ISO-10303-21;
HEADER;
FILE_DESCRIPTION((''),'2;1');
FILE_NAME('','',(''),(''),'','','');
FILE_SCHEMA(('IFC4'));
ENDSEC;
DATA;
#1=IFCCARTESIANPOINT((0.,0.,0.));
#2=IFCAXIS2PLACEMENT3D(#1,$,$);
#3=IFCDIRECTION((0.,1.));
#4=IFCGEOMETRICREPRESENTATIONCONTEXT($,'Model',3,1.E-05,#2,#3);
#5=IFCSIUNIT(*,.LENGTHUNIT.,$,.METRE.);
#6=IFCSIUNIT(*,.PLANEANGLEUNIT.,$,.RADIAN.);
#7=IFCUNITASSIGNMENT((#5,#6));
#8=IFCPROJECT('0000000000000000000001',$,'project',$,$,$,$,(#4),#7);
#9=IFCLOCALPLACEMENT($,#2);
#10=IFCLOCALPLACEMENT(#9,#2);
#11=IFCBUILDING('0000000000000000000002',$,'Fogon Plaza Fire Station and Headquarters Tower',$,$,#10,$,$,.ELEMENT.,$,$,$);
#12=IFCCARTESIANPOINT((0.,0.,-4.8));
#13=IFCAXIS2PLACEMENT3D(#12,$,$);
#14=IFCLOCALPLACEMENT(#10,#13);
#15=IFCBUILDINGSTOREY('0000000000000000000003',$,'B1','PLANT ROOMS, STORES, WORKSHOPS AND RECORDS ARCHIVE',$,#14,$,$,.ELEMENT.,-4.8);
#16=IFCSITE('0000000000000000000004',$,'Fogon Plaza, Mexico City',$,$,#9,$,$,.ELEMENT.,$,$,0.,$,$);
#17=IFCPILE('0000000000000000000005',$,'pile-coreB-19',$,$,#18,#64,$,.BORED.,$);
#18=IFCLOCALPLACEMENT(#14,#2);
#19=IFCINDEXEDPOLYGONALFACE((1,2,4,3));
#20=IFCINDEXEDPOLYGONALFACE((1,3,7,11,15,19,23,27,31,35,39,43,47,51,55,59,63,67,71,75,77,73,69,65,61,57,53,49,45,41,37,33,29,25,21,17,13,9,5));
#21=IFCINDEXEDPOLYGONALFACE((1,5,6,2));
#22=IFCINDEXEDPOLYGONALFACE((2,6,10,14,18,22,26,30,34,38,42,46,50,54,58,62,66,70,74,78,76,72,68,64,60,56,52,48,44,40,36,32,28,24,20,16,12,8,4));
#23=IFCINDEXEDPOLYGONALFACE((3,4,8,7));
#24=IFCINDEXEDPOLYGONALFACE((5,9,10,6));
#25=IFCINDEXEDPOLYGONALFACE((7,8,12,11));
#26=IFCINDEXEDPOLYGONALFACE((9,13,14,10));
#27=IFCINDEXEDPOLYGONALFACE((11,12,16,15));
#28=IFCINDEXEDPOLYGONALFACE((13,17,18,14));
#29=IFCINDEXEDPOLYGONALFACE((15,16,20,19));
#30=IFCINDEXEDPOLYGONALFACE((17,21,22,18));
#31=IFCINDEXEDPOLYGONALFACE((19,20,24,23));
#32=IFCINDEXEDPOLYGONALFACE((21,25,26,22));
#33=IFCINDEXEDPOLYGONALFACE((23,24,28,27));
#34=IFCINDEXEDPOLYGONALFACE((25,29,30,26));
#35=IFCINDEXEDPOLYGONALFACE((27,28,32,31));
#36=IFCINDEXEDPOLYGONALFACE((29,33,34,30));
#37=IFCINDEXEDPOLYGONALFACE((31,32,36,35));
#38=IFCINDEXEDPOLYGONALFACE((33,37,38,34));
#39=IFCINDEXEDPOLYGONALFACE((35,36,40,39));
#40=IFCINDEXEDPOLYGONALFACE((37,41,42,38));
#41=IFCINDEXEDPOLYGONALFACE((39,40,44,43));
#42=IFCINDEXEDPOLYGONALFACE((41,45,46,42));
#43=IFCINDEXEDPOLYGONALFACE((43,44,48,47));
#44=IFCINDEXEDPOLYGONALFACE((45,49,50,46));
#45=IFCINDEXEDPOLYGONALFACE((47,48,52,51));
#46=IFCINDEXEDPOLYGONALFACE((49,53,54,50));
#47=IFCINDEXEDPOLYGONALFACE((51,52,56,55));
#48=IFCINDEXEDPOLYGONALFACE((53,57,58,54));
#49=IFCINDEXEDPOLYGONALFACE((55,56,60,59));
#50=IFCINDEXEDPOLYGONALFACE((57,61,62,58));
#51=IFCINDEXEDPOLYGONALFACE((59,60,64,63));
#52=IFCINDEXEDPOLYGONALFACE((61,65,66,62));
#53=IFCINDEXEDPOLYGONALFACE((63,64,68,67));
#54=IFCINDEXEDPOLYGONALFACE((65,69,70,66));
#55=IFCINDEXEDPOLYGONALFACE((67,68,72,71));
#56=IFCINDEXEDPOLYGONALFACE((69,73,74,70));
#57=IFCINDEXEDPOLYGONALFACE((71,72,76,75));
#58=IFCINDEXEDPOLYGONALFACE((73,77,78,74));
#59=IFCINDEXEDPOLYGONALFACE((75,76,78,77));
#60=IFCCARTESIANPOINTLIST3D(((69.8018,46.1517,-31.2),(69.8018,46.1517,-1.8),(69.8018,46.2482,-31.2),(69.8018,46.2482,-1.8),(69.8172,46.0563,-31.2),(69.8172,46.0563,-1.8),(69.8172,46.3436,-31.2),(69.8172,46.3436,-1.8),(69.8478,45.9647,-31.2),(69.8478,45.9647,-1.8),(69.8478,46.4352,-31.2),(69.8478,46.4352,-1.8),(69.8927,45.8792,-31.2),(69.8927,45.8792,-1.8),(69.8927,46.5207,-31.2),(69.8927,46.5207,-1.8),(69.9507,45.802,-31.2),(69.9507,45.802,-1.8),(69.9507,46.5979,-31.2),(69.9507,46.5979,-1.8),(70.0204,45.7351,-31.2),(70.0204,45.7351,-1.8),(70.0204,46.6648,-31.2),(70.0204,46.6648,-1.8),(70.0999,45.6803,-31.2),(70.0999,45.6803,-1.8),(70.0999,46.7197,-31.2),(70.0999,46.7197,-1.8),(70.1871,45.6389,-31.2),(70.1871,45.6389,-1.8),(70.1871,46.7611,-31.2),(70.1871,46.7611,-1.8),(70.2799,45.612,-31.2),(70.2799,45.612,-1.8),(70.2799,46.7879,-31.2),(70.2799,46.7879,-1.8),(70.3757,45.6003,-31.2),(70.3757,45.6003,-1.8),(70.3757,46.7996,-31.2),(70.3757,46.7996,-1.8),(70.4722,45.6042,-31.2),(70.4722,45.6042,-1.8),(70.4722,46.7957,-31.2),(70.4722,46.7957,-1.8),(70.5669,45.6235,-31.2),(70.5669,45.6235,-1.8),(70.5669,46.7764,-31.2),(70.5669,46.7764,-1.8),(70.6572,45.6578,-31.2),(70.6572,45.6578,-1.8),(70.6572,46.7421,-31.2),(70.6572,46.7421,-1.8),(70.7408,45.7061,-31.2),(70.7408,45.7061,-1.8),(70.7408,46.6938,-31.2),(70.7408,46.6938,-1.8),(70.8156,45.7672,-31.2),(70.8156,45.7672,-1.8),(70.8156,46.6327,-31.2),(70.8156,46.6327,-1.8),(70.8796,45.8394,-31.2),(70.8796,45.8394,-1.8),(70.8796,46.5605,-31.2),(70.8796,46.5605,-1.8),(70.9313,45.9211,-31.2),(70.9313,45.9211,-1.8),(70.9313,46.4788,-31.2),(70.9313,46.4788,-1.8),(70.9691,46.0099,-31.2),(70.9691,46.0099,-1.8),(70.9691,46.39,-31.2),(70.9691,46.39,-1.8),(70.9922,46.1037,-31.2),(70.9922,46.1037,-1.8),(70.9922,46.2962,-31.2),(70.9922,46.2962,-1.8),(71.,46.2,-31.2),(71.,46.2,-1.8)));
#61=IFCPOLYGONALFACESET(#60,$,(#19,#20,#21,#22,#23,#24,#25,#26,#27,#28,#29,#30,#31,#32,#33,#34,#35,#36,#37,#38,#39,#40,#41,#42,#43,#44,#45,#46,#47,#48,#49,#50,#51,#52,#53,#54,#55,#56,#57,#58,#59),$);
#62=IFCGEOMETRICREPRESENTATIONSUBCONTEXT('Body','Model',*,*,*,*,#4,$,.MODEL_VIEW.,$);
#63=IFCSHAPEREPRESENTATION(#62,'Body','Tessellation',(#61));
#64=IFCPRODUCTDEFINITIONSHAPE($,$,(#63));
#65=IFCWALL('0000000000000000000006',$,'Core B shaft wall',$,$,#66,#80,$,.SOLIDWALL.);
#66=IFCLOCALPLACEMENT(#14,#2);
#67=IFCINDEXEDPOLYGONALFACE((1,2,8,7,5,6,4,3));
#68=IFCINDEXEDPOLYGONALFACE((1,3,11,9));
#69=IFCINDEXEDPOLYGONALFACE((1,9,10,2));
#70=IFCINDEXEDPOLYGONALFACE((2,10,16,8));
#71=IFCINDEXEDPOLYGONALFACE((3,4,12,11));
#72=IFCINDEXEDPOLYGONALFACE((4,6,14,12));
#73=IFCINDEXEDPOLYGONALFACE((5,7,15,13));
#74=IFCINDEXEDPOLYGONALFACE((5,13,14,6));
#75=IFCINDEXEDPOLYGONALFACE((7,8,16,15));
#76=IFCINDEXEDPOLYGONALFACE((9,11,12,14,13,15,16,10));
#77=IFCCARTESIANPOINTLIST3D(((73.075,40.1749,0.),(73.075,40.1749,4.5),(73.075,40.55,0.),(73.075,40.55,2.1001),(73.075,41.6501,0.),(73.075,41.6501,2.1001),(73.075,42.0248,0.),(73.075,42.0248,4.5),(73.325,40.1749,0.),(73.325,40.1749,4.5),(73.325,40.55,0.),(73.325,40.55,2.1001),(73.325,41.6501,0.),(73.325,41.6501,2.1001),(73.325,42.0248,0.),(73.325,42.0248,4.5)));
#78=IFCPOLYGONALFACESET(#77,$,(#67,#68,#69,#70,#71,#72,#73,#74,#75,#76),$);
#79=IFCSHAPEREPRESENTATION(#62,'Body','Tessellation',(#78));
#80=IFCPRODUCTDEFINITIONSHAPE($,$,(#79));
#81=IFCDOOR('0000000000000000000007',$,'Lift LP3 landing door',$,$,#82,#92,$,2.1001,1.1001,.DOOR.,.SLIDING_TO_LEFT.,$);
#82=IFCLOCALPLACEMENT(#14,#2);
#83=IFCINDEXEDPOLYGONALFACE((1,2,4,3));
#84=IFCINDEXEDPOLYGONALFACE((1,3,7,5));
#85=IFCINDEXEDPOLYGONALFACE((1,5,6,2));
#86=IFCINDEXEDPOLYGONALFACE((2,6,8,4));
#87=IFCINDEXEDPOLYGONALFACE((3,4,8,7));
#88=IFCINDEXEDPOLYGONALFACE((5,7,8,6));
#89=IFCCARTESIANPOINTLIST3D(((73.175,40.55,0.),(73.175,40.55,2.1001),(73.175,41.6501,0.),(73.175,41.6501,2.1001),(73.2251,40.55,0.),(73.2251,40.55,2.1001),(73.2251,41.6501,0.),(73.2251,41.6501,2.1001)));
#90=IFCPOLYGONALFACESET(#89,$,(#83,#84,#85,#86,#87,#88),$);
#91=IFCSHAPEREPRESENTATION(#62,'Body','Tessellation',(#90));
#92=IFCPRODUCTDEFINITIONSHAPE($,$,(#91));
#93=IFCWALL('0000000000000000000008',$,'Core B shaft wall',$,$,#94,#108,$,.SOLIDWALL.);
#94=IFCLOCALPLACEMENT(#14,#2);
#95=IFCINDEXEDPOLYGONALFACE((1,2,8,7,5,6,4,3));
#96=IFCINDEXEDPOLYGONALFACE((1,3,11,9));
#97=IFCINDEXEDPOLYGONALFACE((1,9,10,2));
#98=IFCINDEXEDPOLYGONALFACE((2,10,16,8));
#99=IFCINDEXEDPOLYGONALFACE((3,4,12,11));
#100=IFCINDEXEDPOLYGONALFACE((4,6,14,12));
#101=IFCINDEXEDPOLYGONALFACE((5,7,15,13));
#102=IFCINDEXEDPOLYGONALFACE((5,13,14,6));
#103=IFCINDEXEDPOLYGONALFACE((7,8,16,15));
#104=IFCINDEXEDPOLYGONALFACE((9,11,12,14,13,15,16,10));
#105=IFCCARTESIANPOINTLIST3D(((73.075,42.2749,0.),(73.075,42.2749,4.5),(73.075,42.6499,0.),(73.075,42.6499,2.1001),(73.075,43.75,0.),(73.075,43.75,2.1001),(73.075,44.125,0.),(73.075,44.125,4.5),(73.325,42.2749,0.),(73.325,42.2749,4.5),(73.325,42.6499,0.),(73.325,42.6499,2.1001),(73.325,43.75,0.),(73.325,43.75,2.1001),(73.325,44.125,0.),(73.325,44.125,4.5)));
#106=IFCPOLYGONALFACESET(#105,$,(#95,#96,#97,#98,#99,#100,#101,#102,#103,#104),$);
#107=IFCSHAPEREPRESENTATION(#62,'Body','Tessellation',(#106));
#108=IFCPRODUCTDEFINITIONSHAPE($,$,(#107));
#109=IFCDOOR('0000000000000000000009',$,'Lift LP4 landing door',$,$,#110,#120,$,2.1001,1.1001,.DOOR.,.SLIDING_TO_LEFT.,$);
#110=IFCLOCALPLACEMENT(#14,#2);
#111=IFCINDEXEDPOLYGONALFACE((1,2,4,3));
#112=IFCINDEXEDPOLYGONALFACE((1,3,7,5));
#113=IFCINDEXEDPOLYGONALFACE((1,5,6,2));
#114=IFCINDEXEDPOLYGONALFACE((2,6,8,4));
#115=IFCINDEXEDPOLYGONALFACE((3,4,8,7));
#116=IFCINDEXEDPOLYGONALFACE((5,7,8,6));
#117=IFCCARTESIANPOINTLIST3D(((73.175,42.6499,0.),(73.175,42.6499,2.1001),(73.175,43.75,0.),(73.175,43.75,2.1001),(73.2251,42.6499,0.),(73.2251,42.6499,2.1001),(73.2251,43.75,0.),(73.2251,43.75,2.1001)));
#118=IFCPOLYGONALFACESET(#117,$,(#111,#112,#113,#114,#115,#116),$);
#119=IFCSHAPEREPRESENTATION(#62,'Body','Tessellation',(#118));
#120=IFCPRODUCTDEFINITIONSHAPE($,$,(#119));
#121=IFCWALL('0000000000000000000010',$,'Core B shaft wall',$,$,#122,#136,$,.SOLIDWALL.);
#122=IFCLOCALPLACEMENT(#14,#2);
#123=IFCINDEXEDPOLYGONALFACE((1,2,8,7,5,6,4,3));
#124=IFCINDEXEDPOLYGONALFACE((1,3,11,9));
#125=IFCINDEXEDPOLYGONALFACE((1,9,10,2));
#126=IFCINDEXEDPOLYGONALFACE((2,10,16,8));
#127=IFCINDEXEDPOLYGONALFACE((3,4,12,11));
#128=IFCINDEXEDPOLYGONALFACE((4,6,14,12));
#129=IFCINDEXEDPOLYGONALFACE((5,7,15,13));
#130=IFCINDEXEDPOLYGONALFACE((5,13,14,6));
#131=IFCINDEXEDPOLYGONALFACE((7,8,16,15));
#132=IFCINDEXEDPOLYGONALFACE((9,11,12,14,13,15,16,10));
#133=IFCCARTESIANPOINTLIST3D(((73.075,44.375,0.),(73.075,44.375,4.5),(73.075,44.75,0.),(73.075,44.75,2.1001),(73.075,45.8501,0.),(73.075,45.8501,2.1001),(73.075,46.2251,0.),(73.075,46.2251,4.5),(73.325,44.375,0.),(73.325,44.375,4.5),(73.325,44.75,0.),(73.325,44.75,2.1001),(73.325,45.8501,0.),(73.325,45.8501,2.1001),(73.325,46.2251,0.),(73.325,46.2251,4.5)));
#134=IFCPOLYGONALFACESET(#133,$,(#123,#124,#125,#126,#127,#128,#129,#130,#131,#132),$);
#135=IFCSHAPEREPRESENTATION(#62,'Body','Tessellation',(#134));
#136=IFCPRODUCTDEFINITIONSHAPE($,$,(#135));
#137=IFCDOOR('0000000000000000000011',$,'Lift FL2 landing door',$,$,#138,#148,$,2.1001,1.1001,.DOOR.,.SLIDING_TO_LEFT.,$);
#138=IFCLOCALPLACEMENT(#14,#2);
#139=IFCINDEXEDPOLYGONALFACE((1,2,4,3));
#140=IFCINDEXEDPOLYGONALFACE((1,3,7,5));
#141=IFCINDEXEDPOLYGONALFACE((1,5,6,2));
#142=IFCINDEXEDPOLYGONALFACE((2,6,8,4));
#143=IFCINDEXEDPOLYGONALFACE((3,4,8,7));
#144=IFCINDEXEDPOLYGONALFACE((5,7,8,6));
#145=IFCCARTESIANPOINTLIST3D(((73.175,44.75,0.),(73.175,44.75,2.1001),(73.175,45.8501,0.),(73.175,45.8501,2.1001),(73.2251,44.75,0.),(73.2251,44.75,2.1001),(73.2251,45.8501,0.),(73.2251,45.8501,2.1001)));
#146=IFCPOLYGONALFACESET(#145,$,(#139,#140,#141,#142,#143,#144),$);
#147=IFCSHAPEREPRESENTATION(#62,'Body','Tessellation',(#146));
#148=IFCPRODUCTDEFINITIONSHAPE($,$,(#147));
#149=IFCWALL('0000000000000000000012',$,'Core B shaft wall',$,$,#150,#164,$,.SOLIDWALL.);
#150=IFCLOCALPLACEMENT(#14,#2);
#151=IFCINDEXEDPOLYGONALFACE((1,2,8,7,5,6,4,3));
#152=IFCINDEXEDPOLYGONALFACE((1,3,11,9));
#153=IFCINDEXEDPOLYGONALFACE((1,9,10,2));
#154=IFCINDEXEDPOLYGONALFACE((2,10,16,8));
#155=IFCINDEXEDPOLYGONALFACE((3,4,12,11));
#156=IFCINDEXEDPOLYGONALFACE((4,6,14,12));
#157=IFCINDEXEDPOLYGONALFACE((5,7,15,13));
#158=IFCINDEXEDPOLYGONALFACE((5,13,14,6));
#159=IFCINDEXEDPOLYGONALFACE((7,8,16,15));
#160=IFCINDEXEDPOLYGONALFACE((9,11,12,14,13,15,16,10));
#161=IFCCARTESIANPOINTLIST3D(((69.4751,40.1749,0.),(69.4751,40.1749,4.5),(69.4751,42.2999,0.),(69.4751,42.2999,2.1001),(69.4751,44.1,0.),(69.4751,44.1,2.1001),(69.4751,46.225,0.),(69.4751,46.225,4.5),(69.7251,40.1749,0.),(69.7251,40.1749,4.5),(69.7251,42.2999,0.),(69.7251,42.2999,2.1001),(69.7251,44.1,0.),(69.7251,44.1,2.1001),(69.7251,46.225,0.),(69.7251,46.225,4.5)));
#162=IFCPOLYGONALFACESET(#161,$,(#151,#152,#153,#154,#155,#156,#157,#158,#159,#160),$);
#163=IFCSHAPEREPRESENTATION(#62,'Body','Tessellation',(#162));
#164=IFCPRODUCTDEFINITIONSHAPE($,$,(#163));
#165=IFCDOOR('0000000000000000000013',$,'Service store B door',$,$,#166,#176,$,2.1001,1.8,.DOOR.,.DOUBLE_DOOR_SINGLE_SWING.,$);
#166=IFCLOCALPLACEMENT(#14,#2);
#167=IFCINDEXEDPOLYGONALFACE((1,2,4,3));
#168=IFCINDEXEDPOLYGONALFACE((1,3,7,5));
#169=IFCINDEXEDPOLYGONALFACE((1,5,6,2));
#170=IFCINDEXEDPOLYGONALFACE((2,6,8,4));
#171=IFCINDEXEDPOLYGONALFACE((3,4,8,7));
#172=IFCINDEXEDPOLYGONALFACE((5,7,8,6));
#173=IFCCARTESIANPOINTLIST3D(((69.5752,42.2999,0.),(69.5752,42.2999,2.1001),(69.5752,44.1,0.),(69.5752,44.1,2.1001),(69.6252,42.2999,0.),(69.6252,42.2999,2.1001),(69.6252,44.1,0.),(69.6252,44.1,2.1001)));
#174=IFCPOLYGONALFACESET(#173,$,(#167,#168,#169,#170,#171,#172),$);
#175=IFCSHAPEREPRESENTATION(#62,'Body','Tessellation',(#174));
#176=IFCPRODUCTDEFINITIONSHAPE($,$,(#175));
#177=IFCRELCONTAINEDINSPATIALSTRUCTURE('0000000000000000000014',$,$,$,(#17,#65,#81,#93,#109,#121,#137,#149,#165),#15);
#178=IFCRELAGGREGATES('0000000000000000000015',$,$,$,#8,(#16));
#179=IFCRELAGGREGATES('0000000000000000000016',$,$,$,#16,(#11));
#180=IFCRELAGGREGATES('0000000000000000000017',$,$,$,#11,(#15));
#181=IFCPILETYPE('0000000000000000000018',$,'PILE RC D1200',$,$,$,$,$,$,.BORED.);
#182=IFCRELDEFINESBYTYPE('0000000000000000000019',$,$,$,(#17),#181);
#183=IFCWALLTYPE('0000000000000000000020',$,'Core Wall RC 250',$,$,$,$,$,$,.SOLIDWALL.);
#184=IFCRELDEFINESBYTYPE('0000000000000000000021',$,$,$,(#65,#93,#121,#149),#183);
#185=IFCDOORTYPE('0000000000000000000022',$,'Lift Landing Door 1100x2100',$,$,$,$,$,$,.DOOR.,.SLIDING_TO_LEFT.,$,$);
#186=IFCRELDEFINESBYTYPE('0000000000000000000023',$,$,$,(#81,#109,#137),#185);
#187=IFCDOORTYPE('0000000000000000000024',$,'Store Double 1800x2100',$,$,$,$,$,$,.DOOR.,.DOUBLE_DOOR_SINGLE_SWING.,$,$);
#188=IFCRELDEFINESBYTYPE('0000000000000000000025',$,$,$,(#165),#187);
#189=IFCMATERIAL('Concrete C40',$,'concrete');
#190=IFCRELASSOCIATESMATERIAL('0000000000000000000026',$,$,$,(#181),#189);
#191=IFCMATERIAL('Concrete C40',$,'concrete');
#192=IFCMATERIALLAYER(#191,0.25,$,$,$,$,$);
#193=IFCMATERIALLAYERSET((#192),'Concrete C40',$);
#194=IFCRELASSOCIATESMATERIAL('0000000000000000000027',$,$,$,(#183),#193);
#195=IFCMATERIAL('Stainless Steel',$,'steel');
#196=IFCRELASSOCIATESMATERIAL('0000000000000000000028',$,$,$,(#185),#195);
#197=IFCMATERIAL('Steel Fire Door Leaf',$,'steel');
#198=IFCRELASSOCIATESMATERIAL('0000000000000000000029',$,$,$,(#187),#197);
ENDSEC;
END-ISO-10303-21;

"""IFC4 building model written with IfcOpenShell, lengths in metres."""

from ifc_helpers import new_model, si_unit, direction, frame, frame_2d, origin, origin_2d, place, context, subcontext, project, spatial, rectangle, circle, extrude, material, layer, layer_set, material_profile, profile_set, type_object, element, fill, save


model = new_model("IFC4")

# Units and contexts
model_context = context("Model", 3, precision=1e-05, world=origin(), true_north=direction((0.0, 1.0)))
body_context = subcontext(model_context, "Body", "Model", "MODEL_VIEW")
ifc_project = project(units=[si_unit("LENGTHUNIT", "METRE"), si_unit("PLANEANGLEUNIT", "RADIAN")], contexts=[model_context])

# Site, building, storey
site_placement = place(None, origin())
site = spatial("IfcSite", under=ifc_project, at=site_placement, Name="Fogon Plaza, Mexico City", CompositionType="ELEMENT", RefElevation=0.0)
building_placement = place(site_placement, origin())
building = spatial("IfcBuilding", under=site, at=building_placement, Name="Fogon Plaza Fire Station and Headquarters Tower", CompositionType="ELEMENT")
storey_placement = place(building_placement, frame((0.0, 0.0, -4.8)))
storey = spatial("IfcBuildingStorey", under=building, at=storey_placement, Name="B1", Description="PLANT ROOMS, STORES, WORKSHOPS AND RECORDS ARCHIVE", CompositionType="ELEMENT", Elevation=-4.8)

# Pile
ifc_material_1 = material(Name="Concrete C40", Category="concrete")
ifc_material_profile = material_profile(ifc_material_1, circle(Radius=0.6001, at=origin_2d()), Name="RC D1200")
ifc_profile_set = profile_set([ifc_material_profile], Name="Concrete C40")
pile_type = type_object("IfcPileType", Name="PILE RC D1200", PredefinedType="BORED", material=ifc_profile_set)
for number, where, z_axis, x_axis, name in (
    (1, (70.3999, 46.2, -1.8), (0.0, 0.0, -1.0), (1.0, 0.0, 0.0), "pile-coreB-19"),
):
    element("IfcPile", number, at=place(storey_placement, frame(where, z_axis=z_axis, x_axis=x_axis)), inside=storey, type_object=pile_type, Name=name, PredefinedType="BORED", context=body_context, shape_type="SweptSolid", body=[
        extrude(circle(Radius=0.6001, at=origin_2d()), origin(), (0.0, 0.0, 1.0), 29.3999),
    ])

# Walls, openings, doors
ifc_material_2 = material(Name="Concrete C40", Category="concrete")
ifc_layer = layer(ifc_material_2, 0.25)
ifc_layer_set = layer_set([ifc_layer], Name="Concrete C40")
wall_type = type_object("IfcWallType", Name="Core Wall RC 250", PredefinedType="SOLIDWALL", material=ifc_layer_set)
wall_1_placement = place(storey_placement, frame((73.2, 40.175, 0.0), z_axis=(0.0, 0.0, 1.0), x_axis=(0.0, 1.0, 0.0)))
wall_1 = element("IfcWall", 2, at=wall_1_placement, inside=storey, type_object=wall_type, Name="Core B shaft wall", PredefinedType="SOLIDWALL", context=body_context, shape_type="SweptSolid", body=[
    extrude(rectangle(XDim=1.8499, YDim=0.25, at=frame_2d((0.9248, 0.0))), origin(), (0.0, 0.0, 1.0), 4.5),
])
opening_1_placement = place(wall_1_placement, frame((0.375, 0.0, 0.0)))
opening_1 = element("IfcOpeningElement", 3, at=opening_1_placement, cuts=wall_1, PredefinedType="OPENING", context=body_context, shape_type="SweptSolid", body=[
    extrude(rectangle(XDim=1.1001, YDim=2.1001, at=frame_2d((0.55, 1.05))), frame((0.0, 0.135, 0.0), z_axis=(0.0, -1.0, 0.0), x_axis=(1.0, 0.0, 0.0)), (0.0, 0.0, 1.0), 0.27),
])
ifc_material_3 = material(Name="Stainless Steel", Category="steel")
door_type_1 = type_object("IfcDoorType", Name="Lift Landing Door 1100x2100", OperationType="SLIDING_TO_LEFT", PredefinedType="DOOR", material=ifc_material_3)
door_1_placement = place(opening_1_placement, origin())
door_1 = element("IfcDoor", 4, at=door_1_placement, inside=storey, type_object=door_type_1, Name="Lift LP3 landing door", OperationType="SLIDING_TO_LEFT", OverallHeight=2.1001, OverallWidth=1.1001, PredefinedType="DOOR", context=body_context, shape_type="SweptSolid", body=[
    extrude(rectangle(XDim=1.1001, YDim=2.1001, at=frame_2d((0.55, 1.05))), frame((0.0, 0.0249, 0.0), z_axis=(0.0, -1.0, 0.0), x_axis=(1.0, 0.0, 0.0)), (0.0, 0.0, 1.0), 0.05),
])
fill(opening_1, door_1)
wall_2_placement = place(storey_placement, frame((73.2, 42.2749, 0.0), z_axis=(0.0, 0.0, 1.0), x_axis=(0.0, 1.0, 0.0)))
wall_2 = element("IfcWall", 5, at=wall_2_placement, inside=storey, type_object=wall_type, Name="Core B shaft wall", PredefinedType="SOLIDWALL", context=body_context, shape_type="SweptSolid", body=[
    extrude(rectangle(XDim=1.8501, YDim=0.25, at=frame_2d((0.925, 0.0))), origin(), (0.0, 0.0, 1.0), 4.5),
])
opening_2_placement = place(wall_2_placement, frame((0.375, 0.0, 0.0)))
opening_2 = element("IfcOpeningElement", 6, at=opening_2_placement, cuts=wall_2, PredefinedType="OPENING", context=body_context, shape_type="SweptSolid", body=[
    extrude(rectangle(XDim=1.1001, YDim=2.1001, at=frame_2d((0.55, 1.05))), frame((0.0, 0.135, 0.0), z_axis=(0.0, -1.0, 0.0), x_axis=(1.0, 0.0, 0.0)), (0.0, 0.0, 1.0), 0.27),
])
door_2_placement = place(opening_2_placement, origin())
door_2 = element("IfcDoor", 7, at=door_2_placement, inside=storey, type_object=door_type_1, Name="Lift LP4 landing door", OperationType="SLIDING_TO_LEFT", OverallHeight=2.1001, OverallWidth=1.1001, PredefinedType="DOOR", context=body_context, shape_type="SweptSolid", body=[
    extrude(rectangle(XDim=1.1001, YDim=2.1001, at=frame_2d((0.55, 1.05))), frame((0.0, 0.0249, 0.0), z_axis=(0.0, -1.0, 0.0), x_axis=(1.0, 0.0, 0.0)), (0.0, 0.0, 1.0), 0.05),
])
fill(opening_2, door_2)
wall_3_placement = place(storey_placement, frame((73.2, 44.375, 0.0), z_axis=(0.0, 0.0, 1.0), x_axis=(0.0, 1.0, 0.0)))
wall_3 = element("IfcWall", 8, at=wall_3_placement, inside=storey, type_object=wall_type, Name="Core B shaft wall", PredefinedType="SOLIDWALL", context=body_context, shape_type="SweptSolid", body=[
    extrude(rectangle(XDim=1.8501, YDim=0.25, at=frame_2d((0.925, 0.0))), origin(), (0.0, 0.0, 1.0), 4.5),
])
opening_3_placement = place(wall_3_placement, frame((0.375, 0.0, 0.0)))
opening_3 = element("IfcOpeningElement", 9, at=opening_3_placement, cuts=wall_3, PredefinedType="OPENING", context=body_context, shape_type="SweptSolid", body=[
    extrude(rectangle(XDim=1.1001, YDim=2.1001, at=frame_2d((0.55, 1.05))), frame((0.0, 0.135, 0.0), z_axis=(0.0, -1.0, 0.0), x_axis=(1.0, 0.0, 0.0)), (0.0, 0.0, 1.0), 0.27),
])
door_3_placement = place(opening_3_placement, origin())
door_3 = element("IfcDoor", 10, at=door_3_placement, inside=storey, type_object=door_type_1, Name="Lift FL2 landing door", OperationType="SLIDING_TO_LEFT", OverallHeight=2.1001, OverallWidth=1.1001, PredefinedType="DOOR", context=body_context, shape_type="SweptSolid", body=[
    extrude(rectangle(XDim=1.1001, YDim=2.1001, at=frame_2d((0.55, 1.05))), frame((0.0, 0.0249, 0.0), z_axis=(0.0, -1.0, 0.0), x_axis=(1.0, 0.0, 0.0)), (0.0, 0.0, 1.0), 0.05),
])
fill(opening_3, door_3)
wall_4_placement = place(storey_placement, frame((69.6001, 40.175, 0.0), z_axis=(0.0, 0.0, 1.0), x_axis=(0.0, 1.0, 0.0)))
wall_4 = element("IfcWall", 11, at=wall_4_placement, inside=storey, type_object=wall_type, Name="Core B shaft wall", PredefinedType="SOLIDWALL", context=body_context, shape_type="SweptSolid", body=[
    extrude(rectangle(XDim=6.05, YDim=0.25, at=frame_2d((3.0249, 0.0))), origin(), (0.0, 0.0, 1.0), 4.5),
])
opening_4_placement = place(wall_4_placement, frame((2.125, 0.0, 0.0)))
opening_4 = element("IfcOpeningElement", 12, at=opening_4_placement, cuts=wall_4, PredefinedType="OPENING", context=body_context, shape_type="SweptSolid", body=[
    extrude(rectangle(XDim=1.8, YDim=2.1001, at=frame_2d((0.8999, 1.05))), frame((0.0, 0.135, 0.0), z_axis=(0.0, -1.0, 0.0), x_axis=(1.0, 0.0, 0.0)), (0.0, 0.0, 1.0), 0.27),
])
ifc_material_4 = material(Name="Steel Fire Door Leaf", Category="steel")
door_type_2 = type_object("IfcDoorType", Name="Store Double 1800x2100", OperationType="DOUBLE_DOOR_SINGLE_SWING", PredefinedType="DOOR", material=ifc_material_4)
door_4_placement = place(opening_4_placement, origin())
door_4 = element("IfcDoor", 13, at=door_4_placement, inside=storey, type_object=door_type_2, Name="Service store B door", OperationType="DOUBLE_DOOR_SINGLE_SWING", OverallHeight=2.1001, OverallWidth=1.8, PredefinedType="DOOR", context=body_context, shape_type="SweptSolid", body=[
    extrude(rectangle(XDim=1.8, YDim=2.1001, at=frame_2d((0.8999, 1.05))), frame((0.0, 0.0249, 0.0), z_axis=(0.0, -1.0, 0.0), x_axis=(1.0, 0.0, 0.0)), (0.0, 0.0, 1.0), 0.05),
])
fill(opening_4, door_4)

save(model, "model.ifc")
